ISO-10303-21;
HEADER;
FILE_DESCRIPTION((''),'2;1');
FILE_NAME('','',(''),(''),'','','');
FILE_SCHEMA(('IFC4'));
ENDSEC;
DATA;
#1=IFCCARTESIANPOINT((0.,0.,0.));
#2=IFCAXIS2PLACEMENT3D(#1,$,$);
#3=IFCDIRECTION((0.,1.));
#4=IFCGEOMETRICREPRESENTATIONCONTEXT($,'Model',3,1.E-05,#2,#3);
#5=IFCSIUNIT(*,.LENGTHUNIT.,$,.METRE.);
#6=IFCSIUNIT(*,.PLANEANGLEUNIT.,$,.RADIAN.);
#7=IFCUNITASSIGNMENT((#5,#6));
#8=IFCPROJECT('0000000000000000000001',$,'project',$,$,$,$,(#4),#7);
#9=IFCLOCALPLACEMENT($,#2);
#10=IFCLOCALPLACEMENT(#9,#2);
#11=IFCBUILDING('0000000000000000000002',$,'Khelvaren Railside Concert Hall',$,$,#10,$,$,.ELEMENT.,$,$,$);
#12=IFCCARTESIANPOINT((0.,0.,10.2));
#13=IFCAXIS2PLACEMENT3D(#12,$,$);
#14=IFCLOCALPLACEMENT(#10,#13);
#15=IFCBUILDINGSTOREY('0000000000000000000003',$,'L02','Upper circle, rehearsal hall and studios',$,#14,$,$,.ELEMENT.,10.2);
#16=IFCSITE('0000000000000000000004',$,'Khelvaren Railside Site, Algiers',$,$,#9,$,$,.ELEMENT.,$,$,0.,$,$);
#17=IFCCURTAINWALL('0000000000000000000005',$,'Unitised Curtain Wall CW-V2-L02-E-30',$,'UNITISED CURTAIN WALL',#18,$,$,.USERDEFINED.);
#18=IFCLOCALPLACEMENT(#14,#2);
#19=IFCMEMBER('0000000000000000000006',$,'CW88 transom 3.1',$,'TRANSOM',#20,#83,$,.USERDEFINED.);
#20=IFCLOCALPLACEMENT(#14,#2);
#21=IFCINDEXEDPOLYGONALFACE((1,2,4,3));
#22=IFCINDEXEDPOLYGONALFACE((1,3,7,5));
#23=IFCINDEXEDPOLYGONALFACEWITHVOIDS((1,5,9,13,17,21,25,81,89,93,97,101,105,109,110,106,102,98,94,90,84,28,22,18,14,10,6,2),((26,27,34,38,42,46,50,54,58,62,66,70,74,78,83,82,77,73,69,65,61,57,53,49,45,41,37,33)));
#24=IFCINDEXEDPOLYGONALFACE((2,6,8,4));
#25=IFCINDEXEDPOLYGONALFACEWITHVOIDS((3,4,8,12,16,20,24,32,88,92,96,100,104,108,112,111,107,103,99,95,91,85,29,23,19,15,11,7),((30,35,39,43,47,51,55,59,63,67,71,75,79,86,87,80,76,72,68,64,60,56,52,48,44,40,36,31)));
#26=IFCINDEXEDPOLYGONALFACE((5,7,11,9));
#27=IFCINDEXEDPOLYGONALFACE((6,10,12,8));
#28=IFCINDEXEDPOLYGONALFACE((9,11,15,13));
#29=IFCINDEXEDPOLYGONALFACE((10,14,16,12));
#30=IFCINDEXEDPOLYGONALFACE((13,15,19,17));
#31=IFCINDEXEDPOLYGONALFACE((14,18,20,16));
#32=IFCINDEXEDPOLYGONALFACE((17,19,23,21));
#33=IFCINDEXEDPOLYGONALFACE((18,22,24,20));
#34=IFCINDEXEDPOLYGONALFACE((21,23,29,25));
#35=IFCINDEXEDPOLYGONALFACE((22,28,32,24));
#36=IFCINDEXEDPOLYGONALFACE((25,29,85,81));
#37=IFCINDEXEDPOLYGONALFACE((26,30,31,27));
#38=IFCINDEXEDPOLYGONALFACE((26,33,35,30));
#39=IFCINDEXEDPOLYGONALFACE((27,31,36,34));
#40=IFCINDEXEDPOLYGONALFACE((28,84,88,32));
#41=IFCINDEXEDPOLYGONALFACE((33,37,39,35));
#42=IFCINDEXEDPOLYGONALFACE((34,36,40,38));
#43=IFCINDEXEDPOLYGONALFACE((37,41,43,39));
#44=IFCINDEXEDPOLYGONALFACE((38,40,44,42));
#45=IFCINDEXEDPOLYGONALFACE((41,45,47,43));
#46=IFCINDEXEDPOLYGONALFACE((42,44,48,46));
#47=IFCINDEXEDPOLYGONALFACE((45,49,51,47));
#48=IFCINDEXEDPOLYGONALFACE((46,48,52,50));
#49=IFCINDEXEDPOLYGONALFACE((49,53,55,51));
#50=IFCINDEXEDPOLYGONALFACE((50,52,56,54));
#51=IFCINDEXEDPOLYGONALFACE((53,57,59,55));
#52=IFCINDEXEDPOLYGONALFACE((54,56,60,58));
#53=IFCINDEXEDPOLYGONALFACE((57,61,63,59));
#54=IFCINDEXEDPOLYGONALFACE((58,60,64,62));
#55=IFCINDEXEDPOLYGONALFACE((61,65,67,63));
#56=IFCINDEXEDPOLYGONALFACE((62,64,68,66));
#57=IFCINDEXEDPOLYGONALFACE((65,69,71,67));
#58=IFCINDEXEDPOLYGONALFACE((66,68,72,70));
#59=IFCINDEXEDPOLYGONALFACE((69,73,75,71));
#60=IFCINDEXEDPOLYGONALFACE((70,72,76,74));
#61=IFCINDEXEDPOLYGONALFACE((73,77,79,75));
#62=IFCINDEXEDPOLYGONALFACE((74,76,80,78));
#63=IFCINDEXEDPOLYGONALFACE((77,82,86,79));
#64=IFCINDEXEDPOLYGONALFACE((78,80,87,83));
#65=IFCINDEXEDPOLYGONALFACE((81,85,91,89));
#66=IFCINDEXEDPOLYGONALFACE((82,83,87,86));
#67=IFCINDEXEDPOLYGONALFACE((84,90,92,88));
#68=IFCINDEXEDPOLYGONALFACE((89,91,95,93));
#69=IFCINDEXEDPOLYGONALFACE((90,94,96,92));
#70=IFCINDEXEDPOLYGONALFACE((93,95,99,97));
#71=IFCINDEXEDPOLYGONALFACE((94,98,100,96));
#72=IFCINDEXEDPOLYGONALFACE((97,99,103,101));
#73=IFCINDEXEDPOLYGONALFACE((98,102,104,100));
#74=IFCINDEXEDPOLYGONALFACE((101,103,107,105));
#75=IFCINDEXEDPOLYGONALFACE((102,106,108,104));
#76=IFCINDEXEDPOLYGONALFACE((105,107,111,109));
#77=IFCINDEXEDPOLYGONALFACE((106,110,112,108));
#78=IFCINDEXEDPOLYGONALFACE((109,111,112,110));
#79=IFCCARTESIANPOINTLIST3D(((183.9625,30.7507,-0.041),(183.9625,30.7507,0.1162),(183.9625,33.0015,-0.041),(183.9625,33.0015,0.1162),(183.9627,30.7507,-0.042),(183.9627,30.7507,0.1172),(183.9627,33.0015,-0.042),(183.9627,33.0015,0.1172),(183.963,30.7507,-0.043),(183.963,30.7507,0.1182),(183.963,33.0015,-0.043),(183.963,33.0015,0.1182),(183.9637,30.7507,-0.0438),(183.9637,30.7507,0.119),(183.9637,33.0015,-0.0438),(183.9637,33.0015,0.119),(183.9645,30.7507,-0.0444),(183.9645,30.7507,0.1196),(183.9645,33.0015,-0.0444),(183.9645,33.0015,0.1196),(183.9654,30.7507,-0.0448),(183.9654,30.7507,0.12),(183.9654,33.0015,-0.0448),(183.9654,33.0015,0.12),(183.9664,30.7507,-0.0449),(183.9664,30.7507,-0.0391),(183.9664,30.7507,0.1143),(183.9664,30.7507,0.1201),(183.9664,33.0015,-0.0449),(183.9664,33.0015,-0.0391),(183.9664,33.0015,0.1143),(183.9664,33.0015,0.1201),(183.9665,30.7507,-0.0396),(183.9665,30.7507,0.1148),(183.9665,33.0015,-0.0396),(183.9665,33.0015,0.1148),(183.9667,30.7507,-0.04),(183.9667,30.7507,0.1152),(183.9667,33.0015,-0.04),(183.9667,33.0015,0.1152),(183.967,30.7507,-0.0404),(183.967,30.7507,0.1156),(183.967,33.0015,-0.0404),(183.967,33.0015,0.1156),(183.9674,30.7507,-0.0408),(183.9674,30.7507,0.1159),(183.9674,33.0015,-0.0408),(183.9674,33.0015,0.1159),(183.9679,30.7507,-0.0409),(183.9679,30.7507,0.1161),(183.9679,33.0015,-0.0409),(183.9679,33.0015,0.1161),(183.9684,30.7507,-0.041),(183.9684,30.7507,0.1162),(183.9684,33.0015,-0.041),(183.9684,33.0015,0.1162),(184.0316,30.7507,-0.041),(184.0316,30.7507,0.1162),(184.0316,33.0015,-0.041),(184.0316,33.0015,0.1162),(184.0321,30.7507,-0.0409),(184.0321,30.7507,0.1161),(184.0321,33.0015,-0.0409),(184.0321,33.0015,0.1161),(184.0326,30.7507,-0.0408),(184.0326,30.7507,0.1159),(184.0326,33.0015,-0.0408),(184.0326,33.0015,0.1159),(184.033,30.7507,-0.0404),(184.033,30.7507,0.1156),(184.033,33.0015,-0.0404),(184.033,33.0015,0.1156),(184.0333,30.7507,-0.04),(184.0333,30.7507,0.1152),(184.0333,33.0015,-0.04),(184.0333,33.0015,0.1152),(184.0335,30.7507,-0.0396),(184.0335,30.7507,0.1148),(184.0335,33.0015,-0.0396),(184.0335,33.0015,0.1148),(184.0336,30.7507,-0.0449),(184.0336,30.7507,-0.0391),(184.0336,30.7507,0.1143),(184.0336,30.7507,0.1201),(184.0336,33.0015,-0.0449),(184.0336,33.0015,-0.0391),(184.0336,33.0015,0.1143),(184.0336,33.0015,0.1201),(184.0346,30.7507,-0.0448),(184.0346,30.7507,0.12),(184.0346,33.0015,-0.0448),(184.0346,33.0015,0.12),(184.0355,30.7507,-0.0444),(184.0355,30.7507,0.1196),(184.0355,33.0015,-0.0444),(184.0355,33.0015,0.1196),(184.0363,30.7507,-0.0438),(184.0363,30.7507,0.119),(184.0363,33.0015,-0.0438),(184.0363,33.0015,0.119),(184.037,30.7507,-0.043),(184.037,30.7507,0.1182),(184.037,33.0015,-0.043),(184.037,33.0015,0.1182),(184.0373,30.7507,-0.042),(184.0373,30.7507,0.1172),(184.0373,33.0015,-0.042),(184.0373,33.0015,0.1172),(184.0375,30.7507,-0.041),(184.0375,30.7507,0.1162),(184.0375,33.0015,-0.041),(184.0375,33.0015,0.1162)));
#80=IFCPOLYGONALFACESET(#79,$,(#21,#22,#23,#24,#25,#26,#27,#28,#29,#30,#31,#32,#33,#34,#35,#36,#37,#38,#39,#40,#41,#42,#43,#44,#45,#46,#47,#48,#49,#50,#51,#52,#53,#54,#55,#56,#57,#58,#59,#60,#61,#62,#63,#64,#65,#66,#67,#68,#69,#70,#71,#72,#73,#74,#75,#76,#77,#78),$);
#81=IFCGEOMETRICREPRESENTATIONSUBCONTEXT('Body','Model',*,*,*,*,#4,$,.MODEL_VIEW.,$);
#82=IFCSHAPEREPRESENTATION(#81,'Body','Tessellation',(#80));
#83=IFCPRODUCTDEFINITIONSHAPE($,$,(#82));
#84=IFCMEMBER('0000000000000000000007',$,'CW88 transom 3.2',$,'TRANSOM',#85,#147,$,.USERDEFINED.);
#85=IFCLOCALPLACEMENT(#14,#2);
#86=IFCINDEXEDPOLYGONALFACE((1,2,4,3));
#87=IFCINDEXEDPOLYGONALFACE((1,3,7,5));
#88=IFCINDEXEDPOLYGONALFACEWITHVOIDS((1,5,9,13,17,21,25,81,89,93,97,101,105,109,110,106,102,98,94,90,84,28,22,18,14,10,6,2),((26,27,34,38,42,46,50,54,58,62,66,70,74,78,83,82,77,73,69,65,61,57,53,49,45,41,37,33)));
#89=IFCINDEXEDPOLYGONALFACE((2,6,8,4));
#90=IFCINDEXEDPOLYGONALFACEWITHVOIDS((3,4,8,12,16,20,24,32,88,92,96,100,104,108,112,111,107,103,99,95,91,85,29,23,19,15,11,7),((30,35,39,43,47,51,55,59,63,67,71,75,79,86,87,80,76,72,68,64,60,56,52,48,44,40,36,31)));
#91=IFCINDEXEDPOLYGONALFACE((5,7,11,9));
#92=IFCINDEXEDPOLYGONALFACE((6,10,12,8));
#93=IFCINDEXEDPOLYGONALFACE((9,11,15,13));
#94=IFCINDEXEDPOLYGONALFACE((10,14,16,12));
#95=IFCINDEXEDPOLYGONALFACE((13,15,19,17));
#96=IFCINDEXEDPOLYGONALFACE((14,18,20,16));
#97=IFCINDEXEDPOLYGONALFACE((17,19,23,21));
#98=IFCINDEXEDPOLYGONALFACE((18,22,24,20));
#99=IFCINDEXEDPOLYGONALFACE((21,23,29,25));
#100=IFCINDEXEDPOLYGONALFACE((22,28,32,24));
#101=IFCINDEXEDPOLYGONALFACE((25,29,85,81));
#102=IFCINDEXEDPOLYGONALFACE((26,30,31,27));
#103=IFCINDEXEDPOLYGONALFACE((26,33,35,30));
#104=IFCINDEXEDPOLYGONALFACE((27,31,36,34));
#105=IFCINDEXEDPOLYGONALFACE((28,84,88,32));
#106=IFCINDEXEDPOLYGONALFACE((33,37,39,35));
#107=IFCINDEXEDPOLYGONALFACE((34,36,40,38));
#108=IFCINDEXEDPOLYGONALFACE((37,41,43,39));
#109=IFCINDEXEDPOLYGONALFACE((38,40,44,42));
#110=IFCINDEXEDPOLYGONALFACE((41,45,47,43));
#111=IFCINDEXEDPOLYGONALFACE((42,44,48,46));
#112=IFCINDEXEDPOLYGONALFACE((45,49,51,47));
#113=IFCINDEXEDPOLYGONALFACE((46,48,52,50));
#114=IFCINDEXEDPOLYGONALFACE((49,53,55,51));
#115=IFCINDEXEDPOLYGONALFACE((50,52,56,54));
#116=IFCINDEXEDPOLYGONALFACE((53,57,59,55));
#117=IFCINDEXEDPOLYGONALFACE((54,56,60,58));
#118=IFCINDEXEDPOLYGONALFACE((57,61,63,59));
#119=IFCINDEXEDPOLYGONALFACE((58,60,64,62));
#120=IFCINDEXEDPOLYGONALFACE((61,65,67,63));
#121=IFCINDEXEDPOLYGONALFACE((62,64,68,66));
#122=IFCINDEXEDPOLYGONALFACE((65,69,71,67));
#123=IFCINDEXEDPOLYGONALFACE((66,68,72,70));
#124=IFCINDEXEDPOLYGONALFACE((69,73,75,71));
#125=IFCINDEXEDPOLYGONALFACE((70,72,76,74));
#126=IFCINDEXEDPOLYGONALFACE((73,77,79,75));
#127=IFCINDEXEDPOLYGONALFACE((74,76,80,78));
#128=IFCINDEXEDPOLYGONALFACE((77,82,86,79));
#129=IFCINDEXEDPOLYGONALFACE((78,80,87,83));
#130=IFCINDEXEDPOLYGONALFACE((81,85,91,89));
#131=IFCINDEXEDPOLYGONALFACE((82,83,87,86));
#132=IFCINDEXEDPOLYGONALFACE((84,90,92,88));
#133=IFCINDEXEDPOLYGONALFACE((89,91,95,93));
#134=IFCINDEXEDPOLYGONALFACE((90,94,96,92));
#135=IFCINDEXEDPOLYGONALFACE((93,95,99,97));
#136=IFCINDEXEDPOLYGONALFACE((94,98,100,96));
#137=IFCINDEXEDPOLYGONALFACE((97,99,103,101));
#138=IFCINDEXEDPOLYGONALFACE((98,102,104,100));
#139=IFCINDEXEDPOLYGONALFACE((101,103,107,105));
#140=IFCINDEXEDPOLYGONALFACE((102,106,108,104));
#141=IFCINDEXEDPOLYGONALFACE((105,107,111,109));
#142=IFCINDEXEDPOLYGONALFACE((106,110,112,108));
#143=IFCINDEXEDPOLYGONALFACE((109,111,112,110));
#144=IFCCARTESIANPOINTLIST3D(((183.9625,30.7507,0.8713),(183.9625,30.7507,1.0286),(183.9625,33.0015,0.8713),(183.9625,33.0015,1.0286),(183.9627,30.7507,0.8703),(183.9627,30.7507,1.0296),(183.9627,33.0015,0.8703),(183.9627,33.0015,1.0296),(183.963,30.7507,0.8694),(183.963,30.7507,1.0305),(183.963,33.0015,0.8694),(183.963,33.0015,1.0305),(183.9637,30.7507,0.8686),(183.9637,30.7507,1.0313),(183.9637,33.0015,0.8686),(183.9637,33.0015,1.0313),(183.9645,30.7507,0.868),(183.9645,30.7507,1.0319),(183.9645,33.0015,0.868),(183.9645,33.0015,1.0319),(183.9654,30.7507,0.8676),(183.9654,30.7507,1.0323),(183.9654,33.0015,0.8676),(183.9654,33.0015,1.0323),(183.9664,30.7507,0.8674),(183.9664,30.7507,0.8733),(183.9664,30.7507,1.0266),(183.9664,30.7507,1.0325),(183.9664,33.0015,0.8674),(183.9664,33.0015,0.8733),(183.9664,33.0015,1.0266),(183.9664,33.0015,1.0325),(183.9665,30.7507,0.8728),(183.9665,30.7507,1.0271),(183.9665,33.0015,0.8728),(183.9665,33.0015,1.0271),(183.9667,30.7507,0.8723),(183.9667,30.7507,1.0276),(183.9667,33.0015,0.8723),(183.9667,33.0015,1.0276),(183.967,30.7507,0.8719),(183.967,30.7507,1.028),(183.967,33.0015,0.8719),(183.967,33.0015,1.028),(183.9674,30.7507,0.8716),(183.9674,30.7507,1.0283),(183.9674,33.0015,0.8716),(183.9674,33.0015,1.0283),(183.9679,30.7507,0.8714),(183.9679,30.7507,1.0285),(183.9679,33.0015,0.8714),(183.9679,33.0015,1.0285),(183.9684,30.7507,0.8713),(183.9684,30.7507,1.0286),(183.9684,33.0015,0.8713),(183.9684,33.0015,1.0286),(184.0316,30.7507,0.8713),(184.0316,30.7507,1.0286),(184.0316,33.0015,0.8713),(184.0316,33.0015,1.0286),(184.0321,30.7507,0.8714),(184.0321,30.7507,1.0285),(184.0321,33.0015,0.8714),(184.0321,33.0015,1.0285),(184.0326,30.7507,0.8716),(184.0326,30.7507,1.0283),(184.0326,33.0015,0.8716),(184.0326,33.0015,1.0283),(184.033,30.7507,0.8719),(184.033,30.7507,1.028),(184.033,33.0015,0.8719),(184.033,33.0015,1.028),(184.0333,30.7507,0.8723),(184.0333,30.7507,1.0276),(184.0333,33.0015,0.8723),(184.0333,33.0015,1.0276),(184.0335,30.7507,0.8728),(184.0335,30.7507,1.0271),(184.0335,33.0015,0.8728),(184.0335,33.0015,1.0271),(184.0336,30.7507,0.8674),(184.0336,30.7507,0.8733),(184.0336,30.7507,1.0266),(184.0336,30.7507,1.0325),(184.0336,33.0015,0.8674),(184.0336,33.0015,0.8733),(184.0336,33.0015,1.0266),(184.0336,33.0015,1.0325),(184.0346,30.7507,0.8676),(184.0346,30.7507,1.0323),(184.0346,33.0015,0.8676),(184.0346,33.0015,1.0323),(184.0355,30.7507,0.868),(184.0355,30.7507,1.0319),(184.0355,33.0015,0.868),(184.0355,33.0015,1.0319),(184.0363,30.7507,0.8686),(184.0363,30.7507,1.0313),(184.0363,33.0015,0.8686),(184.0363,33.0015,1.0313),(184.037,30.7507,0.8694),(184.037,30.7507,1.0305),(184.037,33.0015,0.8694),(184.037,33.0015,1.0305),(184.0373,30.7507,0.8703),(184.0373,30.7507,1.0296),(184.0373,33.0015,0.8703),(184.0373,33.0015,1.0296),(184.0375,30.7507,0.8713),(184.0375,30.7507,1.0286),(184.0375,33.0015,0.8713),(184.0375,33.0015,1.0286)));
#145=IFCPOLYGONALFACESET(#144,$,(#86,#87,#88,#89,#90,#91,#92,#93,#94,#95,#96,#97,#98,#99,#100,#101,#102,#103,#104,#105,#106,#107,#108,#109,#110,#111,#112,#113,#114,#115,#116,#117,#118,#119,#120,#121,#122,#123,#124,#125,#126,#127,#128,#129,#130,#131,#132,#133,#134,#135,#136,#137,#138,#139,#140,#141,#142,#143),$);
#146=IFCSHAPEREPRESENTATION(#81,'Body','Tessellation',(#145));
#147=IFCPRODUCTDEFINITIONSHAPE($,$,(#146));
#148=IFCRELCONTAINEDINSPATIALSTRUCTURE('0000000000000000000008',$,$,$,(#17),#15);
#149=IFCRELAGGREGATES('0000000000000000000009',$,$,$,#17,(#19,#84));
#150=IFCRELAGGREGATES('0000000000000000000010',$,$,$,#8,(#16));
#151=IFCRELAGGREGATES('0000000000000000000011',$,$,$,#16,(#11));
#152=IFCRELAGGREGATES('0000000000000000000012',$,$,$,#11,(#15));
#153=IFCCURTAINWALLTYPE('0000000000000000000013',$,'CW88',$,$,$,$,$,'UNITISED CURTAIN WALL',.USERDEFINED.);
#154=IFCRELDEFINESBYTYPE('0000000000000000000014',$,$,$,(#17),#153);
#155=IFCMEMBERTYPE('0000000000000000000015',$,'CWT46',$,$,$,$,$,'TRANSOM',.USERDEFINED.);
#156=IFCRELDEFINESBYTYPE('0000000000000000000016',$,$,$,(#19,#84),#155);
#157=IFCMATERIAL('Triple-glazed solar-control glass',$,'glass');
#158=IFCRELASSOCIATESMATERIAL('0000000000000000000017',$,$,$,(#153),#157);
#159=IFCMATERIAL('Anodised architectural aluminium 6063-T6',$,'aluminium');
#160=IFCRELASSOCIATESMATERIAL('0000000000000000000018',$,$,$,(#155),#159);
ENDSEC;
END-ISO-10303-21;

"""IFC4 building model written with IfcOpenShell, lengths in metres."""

from ifc_helpers import new_model, si_unit, direction, frame, origin, origin_2d, place, context, subcontext, project, spatial, hollow_rectangle, extrude, material, material_profile, profile_set, type_object, element, aggregate, save


model = new_model("IFC4")

# Units and contexts
model_context = context("Model", 3, precision=1e-05, world=origin(), true_north=direction((0.0, 1.0)))
body_context = subcontext(model_context, "Body", "Model", "MODEL_VIEW")
ifc_project = project(units=[si_unit("LENGTHUNIT", "METRE"), si_unit("PLANEANGLEUNIT", "RADIAN")], contexts=[model_context])

# Site, building, storey
site_placement = place(None, origin())
site = spatial("IfcSite", under=ifc_project, at=site_placement, Name="Khelvaren Railside Site, Algiers", CompositionType="ELEMENT", RefElevation=0.0)
building_placement = place(site_placement, origin())
building = spatial("IfcBuilding", under=site, at=building_placement, Name="Khelvaren Railside Concert Hall", CompositionType="ELEMENT")
storey_placement = place(building_placement, frame((0.0, 0.0, 10.2)))
storey = spatial("IfcBuildingStorey", under=building, at=storey_placement, Name="L02", Description="Upper circle, rehearsal hall and studios", CompositionType="ELEMENT", Elevation=10.2)

# Curtain wall
ifc_material_1 = material(Name="Triple-glazed solar-control glass", Category="glass")
curtain_wall_type_1 = type_object("IfcCurtainWallType", Name="CW88", ElementType="UNITISED CURTAIN WALL", PredefinedType="USERDEFINED", material=ifc_material_1)
curtain_wall_1_placement = place(storey_placement, origin())
curtain_wall_1 = element("IfcCurtainWall", 1, at=curtain_wall_1_placement, inside=storey, type_object=curtain_wall_type_1, Name="Unitised Curtain Wall CW-V2-L02-E-30", ObjectType="UNITISED CURTAIN WALL", PredefinedType="USERDEFINED")
ifc_material_2 = material(Name="Anodised architectural aluminium 6063-T6", Category="aluminium")

# Members
ifc_material_profile_1 = material_profile(ifc_material_2, hollow_rectangle(XDim=0.075, YDim=0.165, WallThickness=0.0039, InnerFilletRadius=0.002, OuterFilletRadius=0.0039, at=origin_2d()), Name="CWT 75x165x4")
ifc_profile_set_1 = profile_set([ifc_material_profile_1], Name="Anodised architectural aluminium 6063-T6")
member_type_1 = type_object("IfcMemberType", Name="CWT46", ElementType="TRANSOM", PredefinedType="USERDEFINED", material=ifc_profile_set_1)
member_1_placement = place(storey_placement, frame((184.0, 33.0015, 0.0376), z_axis=(0.0, -1.0, 0.0), x_axis=(1.0, 0.0, 0.0)))
member_1 = element("IfcMember", 2, at=member_1_placement, type_object=member_type_1, Name="CW88 transom 3.1", ObjectType="TRANSOM", PredefinedType="USERDEFINED", context=body_context, shape_type="SweptSolid", body=[
    extrude(hollow_rectangle(XDim=0.075, YDim=0.165, WallThickness=0.0039, InnerFilletRadius=0.002, OuterFilletRadius=0.0039, at=origin_2d()), origin(), (0.0, 0.0, 1.0), 2.2507),
])
member_2_placement = place(storey_placement, frame((184.0, 33.0015, 0.95), z_axis=(0.0, -1.0, 0.0), x_axis=(1.0, 0.0, 0.0)))
member_2 = element("IfcMember", 3, at=member_2_placement, type_object=member_type_1, Name="CW88 transom 3.2", ObjectType="TRANSOM", PredefinedType="USERDEFINED", context=body_context, shape_type="SweptSolid", body=[
    extrude(hollow_rectangle(XDim=0.075, YDim=0.165, WallThickness=0.0039, InnerFilletRadius=0.002, OuterFilletRadius=0.0039, at=origin_2d()), origin(), (0.0, 0.0, 1.0), 2.2507),
])

aggregate(curtain_wall_1, [member_1, member_2])

save(model, "model.ifc")
